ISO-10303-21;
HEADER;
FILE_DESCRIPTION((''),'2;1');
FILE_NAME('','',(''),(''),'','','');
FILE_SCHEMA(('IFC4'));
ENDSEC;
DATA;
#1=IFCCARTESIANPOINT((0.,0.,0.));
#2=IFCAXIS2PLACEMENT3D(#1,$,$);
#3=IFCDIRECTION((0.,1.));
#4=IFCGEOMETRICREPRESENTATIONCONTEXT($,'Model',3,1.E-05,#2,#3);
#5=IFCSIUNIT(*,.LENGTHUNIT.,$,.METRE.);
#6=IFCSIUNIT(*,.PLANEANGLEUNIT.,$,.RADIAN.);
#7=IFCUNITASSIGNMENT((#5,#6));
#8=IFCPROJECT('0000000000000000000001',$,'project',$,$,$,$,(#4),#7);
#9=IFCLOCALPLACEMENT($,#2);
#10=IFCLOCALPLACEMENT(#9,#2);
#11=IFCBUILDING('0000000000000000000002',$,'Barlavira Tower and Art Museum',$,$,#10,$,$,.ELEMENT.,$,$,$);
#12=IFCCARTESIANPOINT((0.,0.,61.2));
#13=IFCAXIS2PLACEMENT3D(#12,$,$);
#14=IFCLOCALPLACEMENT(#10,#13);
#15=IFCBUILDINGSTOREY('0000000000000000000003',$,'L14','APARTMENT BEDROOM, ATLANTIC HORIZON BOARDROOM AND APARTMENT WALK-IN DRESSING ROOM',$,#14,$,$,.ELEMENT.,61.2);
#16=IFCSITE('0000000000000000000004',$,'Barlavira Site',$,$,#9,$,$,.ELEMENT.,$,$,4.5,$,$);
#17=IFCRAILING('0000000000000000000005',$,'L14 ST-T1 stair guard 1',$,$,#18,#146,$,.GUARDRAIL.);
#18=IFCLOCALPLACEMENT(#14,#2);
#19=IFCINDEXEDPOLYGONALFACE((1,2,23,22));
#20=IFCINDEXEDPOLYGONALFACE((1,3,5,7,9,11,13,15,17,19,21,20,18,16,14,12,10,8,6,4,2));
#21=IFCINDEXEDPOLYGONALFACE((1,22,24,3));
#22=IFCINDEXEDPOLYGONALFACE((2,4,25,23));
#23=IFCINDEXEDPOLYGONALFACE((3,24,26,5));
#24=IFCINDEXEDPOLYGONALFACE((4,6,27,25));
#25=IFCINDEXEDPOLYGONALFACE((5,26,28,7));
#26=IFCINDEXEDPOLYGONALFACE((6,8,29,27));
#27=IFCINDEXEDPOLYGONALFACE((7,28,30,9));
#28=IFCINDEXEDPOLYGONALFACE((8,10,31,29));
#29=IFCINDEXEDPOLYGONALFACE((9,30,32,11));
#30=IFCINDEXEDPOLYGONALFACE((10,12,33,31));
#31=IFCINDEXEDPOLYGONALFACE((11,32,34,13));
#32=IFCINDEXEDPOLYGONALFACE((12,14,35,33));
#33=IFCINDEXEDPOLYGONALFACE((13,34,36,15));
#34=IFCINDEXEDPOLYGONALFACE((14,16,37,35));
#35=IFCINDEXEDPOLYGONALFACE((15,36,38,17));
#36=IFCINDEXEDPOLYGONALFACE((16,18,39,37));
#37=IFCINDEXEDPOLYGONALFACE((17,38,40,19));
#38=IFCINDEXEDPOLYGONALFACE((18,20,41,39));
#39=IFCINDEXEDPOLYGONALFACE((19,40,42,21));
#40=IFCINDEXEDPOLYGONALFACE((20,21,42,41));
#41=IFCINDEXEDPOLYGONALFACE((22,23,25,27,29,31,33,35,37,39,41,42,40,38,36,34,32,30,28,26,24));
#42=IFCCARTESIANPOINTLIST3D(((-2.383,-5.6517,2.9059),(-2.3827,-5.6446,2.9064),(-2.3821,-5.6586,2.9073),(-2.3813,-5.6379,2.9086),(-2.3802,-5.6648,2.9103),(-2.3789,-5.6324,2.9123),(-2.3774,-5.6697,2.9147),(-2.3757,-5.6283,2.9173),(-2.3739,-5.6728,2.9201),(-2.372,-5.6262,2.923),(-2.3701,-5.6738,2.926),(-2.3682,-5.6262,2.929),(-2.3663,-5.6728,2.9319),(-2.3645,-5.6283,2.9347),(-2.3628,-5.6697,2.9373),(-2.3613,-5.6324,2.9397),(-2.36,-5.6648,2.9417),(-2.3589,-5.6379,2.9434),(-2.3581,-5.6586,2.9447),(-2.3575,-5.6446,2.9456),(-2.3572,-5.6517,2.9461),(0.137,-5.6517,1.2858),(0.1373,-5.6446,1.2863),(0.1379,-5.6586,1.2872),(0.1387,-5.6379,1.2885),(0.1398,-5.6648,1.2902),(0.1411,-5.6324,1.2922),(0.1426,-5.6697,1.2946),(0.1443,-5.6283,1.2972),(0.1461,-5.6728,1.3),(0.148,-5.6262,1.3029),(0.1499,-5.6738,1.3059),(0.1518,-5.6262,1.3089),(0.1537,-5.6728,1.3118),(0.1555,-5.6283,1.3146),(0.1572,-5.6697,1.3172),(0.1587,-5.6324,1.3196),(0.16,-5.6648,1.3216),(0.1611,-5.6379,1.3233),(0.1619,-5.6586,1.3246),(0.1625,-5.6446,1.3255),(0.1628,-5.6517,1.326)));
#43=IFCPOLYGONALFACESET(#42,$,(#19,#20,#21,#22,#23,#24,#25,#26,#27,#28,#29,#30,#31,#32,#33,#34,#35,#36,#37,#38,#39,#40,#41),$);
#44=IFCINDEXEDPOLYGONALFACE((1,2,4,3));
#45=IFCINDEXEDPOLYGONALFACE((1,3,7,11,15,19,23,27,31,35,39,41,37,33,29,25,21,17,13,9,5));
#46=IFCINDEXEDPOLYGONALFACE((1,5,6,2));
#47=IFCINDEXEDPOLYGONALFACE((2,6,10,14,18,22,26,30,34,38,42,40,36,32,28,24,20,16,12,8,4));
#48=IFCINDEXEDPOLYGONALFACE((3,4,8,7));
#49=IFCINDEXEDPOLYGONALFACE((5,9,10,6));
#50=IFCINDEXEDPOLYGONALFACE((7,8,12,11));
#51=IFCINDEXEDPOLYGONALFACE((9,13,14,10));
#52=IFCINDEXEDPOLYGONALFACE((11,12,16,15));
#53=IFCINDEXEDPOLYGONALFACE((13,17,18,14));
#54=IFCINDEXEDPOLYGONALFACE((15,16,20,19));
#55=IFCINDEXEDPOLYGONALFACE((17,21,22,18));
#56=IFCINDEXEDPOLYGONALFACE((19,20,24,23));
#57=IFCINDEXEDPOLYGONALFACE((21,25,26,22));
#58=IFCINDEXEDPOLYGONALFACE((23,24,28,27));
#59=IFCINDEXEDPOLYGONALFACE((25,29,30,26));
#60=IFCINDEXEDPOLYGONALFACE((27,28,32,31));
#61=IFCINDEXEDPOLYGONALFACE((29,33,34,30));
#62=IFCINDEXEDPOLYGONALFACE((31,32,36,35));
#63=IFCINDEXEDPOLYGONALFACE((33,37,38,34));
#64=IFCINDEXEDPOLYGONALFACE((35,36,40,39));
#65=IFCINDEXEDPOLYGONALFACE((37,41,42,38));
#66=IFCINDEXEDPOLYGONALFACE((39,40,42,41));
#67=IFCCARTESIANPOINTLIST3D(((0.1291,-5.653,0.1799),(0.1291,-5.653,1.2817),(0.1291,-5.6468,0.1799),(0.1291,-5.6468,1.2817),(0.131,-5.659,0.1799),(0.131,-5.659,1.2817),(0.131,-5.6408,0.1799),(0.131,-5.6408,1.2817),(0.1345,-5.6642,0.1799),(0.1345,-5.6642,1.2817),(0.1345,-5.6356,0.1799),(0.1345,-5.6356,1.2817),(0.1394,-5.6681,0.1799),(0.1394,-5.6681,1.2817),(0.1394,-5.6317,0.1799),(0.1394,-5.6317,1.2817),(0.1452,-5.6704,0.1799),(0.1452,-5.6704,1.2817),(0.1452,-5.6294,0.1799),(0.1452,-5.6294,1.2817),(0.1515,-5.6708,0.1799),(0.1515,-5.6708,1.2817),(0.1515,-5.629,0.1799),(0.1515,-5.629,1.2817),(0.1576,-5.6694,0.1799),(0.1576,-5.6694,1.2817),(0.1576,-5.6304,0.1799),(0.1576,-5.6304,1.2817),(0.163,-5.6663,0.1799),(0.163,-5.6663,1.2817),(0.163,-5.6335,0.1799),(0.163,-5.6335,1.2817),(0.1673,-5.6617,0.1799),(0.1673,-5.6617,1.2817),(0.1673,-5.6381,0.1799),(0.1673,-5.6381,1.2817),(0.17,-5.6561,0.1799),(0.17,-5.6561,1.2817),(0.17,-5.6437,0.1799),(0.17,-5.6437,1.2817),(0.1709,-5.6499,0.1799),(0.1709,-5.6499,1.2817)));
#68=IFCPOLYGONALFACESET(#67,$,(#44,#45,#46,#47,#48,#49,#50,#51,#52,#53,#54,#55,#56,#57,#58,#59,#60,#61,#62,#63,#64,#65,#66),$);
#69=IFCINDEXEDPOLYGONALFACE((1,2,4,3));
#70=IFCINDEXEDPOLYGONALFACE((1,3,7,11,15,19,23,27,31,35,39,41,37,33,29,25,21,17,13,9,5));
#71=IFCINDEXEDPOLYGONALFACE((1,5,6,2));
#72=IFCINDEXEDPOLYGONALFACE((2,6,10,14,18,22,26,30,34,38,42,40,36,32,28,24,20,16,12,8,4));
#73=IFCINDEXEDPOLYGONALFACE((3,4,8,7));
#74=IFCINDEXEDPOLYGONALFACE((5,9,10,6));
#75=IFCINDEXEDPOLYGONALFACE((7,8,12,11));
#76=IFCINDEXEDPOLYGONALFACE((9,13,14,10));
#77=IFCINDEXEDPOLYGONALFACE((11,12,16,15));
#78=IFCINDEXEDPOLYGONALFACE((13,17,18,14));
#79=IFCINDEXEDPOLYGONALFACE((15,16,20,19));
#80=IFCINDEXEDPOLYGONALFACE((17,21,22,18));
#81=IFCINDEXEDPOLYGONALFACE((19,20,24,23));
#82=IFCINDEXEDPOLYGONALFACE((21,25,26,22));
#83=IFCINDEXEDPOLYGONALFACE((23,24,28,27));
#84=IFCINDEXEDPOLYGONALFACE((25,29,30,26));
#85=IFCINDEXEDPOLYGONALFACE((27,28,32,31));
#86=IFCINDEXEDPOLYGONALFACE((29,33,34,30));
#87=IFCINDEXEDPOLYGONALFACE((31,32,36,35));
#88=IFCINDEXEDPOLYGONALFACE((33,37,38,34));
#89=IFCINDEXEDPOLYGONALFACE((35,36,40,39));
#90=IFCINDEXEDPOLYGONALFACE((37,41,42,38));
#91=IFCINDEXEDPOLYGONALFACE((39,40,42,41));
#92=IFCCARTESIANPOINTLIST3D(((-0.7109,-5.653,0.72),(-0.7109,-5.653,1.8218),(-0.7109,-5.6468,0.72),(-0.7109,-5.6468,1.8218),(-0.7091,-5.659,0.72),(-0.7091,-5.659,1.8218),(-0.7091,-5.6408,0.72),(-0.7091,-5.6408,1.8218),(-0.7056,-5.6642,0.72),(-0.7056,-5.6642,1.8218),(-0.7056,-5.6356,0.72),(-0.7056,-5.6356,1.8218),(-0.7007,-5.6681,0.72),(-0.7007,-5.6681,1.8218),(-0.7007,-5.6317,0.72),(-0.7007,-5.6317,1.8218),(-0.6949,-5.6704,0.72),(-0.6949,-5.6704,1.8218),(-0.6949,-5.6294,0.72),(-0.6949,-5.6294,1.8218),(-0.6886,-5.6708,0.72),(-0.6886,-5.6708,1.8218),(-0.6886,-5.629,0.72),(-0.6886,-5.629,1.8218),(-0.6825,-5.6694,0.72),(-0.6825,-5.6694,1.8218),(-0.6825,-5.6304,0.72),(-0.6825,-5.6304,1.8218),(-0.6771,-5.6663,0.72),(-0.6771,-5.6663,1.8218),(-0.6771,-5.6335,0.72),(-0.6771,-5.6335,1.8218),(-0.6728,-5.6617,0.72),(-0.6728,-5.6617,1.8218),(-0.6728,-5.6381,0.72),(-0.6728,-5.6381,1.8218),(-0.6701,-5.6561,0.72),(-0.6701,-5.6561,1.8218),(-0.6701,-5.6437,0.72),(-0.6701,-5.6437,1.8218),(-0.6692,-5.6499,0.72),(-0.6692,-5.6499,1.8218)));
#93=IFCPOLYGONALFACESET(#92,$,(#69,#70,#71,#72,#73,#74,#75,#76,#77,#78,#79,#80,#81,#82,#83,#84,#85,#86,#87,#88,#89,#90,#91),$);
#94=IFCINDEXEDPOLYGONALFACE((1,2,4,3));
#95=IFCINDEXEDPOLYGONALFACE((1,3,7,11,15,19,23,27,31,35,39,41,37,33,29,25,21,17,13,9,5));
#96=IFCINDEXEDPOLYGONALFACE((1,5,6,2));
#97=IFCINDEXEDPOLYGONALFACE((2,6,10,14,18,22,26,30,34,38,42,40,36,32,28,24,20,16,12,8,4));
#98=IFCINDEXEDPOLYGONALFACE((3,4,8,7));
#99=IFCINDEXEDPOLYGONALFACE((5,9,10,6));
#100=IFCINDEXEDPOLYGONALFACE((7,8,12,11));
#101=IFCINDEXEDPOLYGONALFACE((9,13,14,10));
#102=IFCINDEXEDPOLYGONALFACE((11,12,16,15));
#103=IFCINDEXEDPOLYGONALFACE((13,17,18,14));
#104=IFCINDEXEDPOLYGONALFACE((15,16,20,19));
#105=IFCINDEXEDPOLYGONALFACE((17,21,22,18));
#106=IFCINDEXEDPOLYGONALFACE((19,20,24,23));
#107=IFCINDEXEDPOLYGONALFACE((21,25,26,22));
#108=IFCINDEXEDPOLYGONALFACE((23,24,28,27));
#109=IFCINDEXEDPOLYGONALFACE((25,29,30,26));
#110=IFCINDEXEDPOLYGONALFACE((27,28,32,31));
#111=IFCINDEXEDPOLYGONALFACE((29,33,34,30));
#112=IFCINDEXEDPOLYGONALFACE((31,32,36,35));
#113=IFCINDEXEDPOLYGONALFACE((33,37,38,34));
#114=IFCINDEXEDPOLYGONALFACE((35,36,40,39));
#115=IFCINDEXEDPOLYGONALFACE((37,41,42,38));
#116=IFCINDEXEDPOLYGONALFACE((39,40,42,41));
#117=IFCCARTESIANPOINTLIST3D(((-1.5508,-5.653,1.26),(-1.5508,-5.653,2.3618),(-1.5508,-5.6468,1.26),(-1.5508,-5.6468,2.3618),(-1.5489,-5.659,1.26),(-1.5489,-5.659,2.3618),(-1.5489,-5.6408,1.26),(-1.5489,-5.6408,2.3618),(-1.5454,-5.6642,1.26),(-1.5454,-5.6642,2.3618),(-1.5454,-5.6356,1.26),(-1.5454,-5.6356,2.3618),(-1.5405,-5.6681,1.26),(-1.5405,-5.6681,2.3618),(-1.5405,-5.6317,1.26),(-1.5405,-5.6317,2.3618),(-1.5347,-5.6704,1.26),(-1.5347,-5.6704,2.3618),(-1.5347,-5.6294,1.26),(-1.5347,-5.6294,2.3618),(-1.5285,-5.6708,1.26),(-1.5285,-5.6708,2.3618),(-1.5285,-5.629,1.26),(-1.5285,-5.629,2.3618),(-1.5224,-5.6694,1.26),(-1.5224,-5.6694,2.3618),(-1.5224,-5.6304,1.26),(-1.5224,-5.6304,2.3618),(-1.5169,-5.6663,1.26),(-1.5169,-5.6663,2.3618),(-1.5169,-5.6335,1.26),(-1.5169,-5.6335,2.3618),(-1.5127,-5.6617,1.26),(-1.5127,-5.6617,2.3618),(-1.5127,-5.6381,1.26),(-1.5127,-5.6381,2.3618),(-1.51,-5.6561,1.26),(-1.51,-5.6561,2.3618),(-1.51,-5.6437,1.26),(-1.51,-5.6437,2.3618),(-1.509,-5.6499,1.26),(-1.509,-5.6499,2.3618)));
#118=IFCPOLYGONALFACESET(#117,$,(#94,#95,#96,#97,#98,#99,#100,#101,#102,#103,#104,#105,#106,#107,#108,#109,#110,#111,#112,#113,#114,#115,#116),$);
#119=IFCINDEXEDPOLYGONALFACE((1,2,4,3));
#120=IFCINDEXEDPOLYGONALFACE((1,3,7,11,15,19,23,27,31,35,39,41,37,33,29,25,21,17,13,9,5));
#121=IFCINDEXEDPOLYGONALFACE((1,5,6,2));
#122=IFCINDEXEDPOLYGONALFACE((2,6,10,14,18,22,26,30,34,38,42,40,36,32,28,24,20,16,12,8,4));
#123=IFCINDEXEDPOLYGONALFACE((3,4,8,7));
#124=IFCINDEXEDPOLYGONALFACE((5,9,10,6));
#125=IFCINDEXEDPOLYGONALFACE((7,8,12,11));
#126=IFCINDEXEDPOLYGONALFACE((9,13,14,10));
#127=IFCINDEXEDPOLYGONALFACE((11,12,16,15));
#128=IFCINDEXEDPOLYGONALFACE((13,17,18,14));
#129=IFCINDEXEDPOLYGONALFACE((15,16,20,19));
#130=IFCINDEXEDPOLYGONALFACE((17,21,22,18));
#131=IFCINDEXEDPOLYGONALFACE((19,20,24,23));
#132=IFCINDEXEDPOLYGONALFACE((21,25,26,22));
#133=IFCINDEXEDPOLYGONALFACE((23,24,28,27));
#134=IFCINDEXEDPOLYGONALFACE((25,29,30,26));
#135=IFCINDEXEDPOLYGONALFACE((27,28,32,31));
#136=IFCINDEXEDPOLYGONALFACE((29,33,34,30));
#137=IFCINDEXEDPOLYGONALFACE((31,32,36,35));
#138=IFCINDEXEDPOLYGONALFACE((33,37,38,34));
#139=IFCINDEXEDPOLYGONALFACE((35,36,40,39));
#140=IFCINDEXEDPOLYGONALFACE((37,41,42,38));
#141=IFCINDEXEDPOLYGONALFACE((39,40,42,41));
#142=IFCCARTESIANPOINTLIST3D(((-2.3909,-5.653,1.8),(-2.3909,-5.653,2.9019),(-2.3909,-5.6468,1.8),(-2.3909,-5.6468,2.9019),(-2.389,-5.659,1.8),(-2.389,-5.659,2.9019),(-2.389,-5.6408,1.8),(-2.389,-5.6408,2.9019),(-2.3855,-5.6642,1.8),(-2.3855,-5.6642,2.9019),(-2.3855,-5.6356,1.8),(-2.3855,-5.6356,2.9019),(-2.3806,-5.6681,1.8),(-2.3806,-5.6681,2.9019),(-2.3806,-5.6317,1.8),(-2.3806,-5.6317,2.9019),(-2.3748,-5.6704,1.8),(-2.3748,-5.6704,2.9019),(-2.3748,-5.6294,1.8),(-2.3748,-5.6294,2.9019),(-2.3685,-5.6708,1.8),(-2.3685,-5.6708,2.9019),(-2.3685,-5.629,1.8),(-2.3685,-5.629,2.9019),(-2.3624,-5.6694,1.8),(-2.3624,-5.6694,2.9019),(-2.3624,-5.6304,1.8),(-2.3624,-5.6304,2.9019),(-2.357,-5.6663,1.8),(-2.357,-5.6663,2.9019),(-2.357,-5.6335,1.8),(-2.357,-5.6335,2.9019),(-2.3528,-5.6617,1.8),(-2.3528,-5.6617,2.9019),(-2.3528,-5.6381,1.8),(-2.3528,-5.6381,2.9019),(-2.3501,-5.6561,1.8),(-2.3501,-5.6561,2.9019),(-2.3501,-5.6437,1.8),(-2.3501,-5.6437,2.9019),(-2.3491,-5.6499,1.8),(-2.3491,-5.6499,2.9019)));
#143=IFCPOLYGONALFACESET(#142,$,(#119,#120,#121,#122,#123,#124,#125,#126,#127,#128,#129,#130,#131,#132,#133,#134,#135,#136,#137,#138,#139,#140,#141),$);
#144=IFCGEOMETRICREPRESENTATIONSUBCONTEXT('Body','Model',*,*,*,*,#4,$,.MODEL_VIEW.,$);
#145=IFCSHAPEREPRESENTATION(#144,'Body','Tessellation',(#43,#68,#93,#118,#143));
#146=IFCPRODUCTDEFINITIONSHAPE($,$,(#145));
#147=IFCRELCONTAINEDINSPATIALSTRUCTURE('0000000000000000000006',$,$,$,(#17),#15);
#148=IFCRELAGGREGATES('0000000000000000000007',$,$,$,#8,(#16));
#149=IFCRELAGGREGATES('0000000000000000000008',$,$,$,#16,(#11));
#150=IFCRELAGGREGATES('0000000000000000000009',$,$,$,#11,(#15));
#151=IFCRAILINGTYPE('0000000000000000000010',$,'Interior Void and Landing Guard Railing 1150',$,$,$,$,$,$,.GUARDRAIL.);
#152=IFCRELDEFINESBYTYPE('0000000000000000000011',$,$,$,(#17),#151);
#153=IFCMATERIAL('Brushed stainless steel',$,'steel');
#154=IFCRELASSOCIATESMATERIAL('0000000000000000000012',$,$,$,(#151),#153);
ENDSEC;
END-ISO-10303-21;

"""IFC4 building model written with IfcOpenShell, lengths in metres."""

from ifc_helpers import new_model, si_unit, direction, frame, origin, origin_2d, place, context, subcontext, project, spatial, circle, extrude, material, type_object, element, save


model = new_model("IFC4")

# Units and contexts
model_context = context("Model", 3, precision=1e-05, world=origin(), true_north=direction((0.0, 1.0)))
body_context = subcontext(model_context, "Body", "Model", "MODEL_VIEW")
ifc_project = project(units=[si_unit("LENGTHUNIT", "METRE"), si_unit("PLANEANGLEUNIT", "RADIAN")], contexts=[model_context])

# Site, building, storey
site_placement = place(None, origin())
site = spatial("IfcSite", under=ifc_project, at=site_placement, Name="Barlavira Site", CompositionType="ELEMENT", RefElevation=4.5)
building_placement = place(site_placement, origin())
building = spatial("IfcBuilding", under=site, at=building_placement, Name="Barlavira Tower and Art Museum", CompositionType="ELEMENT")
storey_placement = place(building_placement, frame((0.0, 0.0, 61.2)))
storey = spatial("IfcBuildingStorey", under=building, at=storey_placement, Name="L14", Description="APARTMENT BEDROOM, ATLANTIC HORIZON BOARDROOM AND APARTMENT WALK-IN DRESSING ROOM", CompositionType="ELEMENT", Elevation=61.2)

# Shared definitions
ifc_material_1 = material(Name="Brushed stainless steel", Category="steel")

# Railing
railing_type_1 = type_object("IfcRailingType", Name="Interior Void and Landing Guard Railing 1150", PredefinedType="GUARDRAIL", material=ifc_material_1)
railing_1_placement = place(storey_placement, frame((0.1499, -5.6499, 0.1799)))
element("IfcRailing", 1, at=railing_1_placement, inside=storey, type_object=railing_type_1, Name="L14 ST-T1 stair guard 1", PredefinedType="GUARDRAIL", context=body_context, shape_type="SweptSolid", body=[
    extrude(circle(Radius=0.0239, at=origin_2d()), frame((0.0, 0.0, 1.126), z_axis=(-0.841163, 0.0, 0.540782), x_axis=(0.0, -1.0, 0.0)), (0.0, 0.0, 1.0), 2.9958),
    extrude(circle(Radius=0.021, at=origin_2d()), origin(), (0.0, 0.0, 1.0), 1.1018),
    extrude(circle(Radius=0.021, at=origin_2d()), frame((-0.8401, 0.0, 0.54)), (0.0, 0.0, 1.0), 1.1018),
    extrude(circle(Radius=0.021, at=origin_2d()), frame((-1.6799, 0.0, 1.0801)), (0.0, 0.0, 1.0), 1.1018),
    extrude(circle(Radius=0.021, at=origin_2d()), frame((-2.52, 0.0, 1.6201)), (0.0, 0.0, 1.0), 1.1018),
])

save(model, "model.ifc")
